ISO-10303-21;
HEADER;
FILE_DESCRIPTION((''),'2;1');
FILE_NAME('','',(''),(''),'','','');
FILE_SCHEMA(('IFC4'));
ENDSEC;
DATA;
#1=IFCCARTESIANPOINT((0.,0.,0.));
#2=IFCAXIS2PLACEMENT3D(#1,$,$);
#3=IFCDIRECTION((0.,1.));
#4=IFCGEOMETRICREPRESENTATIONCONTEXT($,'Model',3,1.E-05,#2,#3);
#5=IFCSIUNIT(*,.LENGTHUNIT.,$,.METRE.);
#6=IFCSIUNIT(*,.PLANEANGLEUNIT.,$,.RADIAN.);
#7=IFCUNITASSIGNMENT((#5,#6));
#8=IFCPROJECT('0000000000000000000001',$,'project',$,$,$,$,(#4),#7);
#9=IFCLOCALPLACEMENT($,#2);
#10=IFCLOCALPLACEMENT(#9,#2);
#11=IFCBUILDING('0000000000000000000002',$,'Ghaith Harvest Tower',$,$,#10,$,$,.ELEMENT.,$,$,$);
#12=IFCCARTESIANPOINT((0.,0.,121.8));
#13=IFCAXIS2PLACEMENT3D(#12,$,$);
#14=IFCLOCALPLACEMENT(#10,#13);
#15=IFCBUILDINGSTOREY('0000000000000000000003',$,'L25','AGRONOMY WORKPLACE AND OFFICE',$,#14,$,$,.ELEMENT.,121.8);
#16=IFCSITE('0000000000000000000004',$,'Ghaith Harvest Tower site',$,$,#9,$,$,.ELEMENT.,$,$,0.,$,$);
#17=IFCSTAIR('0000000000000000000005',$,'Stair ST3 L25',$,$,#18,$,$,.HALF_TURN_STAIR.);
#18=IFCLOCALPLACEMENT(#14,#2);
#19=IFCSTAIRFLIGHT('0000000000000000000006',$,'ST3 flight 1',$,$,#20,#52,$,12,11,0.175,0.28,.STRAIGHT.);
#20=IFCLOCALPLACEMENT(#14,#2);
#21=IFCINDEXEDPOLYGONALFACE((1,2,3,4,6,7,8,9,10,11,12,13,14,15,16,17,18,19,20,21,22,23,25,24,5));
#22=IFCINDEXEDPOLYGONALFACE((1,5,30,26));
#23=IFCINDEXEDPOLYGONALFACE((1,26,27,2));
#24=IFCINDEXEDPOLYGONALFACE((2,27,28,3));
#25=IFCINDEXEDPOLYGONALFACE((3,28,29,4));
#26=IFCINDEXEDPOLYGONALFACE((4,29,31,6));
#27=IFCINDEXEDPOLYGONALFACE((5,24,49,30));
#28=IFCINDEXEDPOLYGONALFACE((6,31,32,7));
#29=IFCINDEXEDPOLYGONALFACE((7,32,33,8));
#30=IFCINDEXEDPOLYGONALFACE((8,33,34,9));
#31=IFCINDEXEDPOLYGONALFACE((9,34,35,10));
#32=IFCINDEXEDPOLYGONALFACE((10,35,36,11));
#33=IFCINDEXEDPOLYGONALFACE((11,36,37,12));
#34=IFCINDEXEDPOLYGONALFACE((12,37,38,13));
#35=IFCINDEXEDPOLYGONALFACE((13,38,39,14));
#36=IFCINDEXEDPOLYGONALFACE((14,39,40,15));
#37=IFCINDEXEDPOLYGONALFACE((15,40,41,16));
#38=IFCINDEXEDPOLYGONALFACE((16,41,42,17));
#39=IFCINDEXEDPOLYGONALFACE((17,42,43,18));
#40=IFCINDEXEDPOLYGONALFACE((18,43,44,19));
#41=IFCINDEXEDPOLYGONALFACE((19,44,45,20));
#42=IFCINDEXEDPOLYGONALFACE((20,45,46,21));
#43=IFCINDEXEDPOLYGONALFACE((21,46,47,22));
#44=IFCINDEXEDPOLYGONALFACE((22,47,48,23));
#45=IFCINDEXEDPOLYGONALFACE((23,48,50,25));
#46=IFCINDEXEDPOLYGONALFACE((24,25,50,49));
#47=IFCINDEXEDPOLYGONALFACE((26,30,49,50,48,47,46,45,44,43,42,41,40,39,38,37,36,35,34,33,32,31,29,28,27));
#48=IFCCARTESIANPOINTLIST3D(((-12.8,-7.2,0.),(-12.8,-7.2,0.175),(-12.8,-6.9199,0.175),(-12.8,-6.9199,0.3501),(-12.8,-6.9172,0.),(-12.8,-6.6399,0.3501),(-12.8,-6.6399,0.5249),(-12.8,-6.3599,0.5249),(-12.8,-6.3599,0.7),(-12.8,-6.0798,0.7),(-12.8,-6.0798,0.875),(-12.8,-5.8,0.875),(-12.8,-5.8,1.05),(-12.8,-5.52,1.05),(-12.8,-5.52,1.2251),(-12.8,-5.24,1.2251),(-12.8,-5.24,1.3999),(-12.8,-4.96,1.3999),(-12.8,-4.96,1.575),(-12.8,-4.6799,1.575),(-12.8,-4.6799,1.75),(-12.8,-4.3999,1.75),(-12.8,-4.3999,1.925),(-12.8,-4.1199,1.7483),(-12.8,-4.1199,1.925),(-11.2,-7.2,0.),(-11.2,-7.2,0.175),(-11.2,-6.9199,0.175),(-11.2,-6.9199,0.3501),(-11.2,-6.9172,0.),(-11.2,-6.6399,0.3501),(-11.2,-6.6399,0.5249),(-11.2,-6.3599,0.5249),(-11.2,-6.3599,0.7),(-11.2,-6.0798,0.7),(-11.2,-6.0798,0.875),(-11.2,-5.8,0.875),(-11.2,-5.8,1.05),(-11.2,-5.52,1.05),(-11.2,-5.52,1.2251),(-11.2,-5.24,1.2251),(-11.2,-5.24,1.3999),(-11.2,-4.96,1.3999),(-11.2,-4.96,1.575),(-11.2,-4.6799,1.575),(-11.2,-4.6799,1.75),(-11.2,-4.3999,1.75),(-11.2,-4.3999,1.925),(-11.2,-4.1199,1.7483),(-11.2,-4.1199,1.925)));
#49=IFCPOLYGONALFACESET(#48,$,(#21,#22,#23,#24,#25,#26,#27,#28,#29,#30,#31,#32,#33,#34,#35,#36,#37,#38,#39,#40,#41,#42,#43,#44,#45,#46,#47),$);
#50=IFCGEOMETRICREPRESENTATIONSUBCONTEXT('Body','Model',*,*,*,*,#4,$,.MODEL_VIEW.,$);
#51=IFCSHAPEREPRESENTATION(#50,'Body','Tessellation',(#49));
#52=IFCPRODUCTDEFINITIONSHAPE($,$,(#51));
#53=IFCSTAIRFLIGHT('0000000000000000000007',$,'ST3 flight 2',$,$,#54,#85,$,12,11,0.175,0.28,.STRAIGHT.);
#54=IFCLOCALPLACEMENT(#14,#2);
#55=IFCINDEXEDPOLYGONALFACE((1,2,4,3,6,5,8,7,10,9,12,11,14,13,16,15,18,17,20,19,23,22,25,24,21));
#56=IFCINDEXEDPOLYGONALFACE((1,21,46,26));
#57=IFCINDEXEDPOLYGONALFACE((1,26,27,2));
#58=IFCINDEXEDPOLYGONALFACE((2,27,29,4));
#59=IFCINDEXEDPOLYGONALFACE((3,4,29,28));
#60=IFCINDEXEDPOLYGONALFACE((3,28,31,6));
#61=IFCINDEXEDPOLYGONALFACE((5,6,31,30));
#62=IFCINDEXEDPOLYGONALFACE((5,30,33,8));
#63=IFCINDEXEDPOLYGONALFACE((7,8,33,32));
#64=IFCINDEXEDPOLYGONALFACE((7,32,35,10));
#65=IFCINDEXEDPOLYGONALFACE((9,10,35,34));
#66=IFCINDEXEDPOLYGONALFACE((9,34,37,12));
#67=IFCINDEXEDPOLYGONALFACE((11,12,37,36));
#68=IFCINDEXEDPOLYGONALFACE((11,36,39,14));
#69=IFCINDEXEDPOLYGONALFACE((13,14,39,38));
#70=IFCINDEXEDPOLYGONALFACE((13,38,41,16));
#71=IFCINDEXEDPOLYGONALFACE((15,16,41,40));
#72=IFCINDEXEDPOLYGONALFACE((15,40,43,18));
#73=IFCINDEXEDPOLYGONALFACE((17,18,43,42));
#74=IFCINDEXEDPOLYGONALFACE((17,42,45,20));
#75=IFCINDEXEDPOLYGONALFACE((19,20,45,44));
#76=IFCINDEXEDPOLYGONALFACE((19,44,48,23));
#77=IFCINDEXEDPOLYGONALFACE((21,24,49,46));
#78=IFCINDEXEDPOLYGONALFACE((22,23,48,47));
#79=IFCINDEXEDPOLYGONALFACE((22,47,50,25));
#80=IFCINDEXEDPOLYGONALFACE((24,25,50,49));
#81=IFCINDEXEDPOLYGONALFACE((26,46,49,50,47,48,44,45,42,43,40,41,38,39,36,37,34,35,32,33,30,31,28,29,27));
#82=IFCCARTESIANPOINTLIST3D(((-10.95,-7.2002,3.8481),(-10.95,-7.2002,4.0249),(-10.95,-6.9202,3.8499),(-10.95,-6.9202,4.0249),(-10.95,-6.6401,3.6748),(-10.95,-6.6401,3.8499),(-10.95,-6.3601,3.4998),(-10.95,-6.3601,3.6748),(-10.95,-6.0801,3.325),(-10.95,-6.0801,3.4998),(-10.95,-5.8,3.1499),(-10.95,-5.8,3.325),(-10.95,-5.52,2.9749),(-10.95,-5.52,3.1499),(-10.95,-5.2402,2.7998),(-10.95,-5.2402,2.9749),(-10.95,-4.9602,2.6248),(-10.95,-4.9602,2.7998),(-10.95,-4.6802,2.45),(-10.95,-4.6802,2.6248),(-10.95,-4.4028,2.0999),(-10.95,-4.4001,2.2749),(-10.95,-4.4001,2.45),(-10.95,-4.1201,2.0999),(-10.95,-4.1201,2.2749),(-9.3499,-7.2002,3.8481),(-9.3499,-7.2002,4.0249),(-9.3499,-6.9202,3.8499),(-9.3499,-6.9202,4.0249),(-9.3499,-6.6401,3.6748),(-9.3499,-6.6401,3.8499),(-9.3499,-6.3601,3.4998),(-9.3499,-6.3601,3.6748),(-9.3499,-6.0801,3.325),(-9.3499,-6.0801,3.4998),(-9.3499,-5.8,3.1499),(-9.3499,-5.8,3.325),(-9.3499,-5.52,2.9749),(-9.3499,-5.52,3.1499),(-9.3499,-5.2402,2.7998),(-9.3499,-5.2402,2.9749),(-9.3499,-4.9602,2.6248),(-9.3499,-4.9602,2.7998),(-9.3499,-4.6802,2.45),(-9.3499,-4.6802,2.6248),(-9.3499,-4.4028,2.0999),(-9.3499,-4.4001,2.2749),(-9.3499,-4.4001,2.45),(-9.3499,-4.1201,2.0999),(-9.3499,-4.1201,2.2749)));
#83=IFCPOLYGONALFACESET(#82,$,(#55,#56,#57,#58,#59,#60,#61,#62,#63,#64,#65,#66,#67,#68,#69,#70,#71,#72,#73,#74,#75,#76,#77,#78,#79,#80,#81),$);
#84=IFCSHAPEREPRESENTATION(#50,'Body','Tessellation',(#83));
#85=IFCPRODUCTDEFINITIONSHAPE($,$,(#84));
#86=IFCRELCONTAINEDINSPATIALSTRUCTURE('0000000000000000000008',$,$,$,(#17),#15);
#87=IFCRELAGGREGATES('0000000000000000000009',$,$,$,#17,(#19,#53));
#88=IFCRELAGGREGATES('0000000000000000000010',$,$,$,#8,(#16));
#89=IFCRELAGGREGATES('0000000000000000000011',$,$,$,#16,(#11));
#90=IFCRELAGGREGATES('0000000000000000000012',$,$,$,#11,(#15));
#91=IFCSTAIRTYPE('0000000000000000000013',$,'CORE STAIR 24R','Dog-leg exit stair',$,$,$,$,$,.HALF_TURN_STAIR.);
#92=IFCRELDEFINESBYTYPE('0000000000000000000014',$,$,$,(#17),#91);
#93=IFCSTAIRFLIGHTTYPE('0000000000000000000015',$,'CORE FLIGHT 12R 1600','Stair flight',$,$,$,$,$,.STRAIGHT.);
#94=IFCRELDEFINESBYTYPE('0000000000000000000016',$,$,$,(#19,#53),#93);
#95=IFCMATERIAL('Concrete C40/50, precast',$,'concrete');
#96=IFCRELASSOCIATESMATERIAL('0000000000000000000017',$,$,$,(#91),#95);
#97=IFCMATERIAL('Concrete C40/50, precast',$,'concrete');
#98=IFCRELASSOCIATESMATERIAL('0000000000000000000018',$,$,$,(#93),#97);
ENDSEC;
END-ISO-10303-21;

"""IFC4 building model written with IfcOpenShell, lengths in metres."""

from ifc_helpers import new_model, si_unit, direction, frame, origin, place, context, subcontext, project, spatial, polyline, outline, extrude, material, type_object, element, aggregate, save


model = new_model("IFC4")

# Units and contexts
model_context = context("Model", 3, precision=1e-05, world=origin(), true_north=direction((0.0, 1.0)))
body_context = subcontext(model_context, "Body", "Model", "MODEL_VIEW")
ifc_project = project(units=[si_unit("LENGTHUNIT", "METRE"), si_unit("PLANEANGLEUNIT", "RADIAN")], contexts=[model_context])

# Site, building, storey
site_placement = place(None, origin())
site = spatial("IfcSite", under=ifc_project, at=site_placement, Name="Ghaith Harvest Tower site", CompositionType="ELEMENT", RefElevation=0.0)
building_placement = place(site_placement, origin())
building = spatial("IfcBuilding", under=site, at=building_placement, Name="Ghaith Harvest Tower", CompositionType="ELEMENT")
storey_placement = place(building_placement, frame((0.0, 0.0, 121.8)))
storey = spatial("IfcBuildingStorey", under=building, at=storey_placement, Name="L25", Description="AGRONOMY WORKPLACE AND OFFICE", CompositionType="ELEMENT", Elevation=121.8)

# Stair, stair flights
ifc_material_1 = material(Name="Concrete C40/50, precast", Category="concrete")
stair_type = type_object("IfcStairType", Name="CORE STAIR 24R", Description="Dog-leg exit stair", PredefinedType="HALF_TURN_STAIR", material=ifc_material_1)
stair_placement = place(storey_placement, origin())
stair = element("IfcStair", 1, at=stair_placement, inside=storey, type_object=stair_type, Name="Stair ST3 L25", PredefinedType="HALF_TURN_STAIR")
ifc_material_2 = material(Name="Concrete C40/50, precast", Category="concrete")
stair_flight_type = type_object("IfcStairFlightType", Name="CORE FLIGHT 12R 1600", Description="Stair flight", PredefinedType="STRAIGHT", material=ifc_material_2)
stair_flight_1_placement = place(storey_placement, frame((-12.0, -7.2, 0.0), z_axis=(0.0, 0.0, 1.0), x_axis=(0.0, 1.0, 0.0)))
stair_flight_1 = element("IfcStairFlight", 2, at=stair_flight_1_placement, type_object=stair_flight_type, Name="ST3 flight 1", NumberOfRisers=12, NumberOfTreads=11, PredefinedType="STRAIGHT", RiserHeight=0.175, TreadLength=0.28, context=body_context, shape_type="SweptSolid", body=[
    extrude(outline(polyline([(0.0, 0.0), (0.0, 0.175), (0.28, 0.175), (0.28, 0.3501), (0.5601, 0.3501), (0.5601, 0.5249), (0.8401, 0.5249), (0.8401, 0.7), (1.1201, 0.7), (1.1201, 0.875), (1.3999, 0.875), (1.3999, 1.05), (1.6799, 1.05), (1.6799, 1.2251), (1.96, 1.2251), (1.96, 1.3999), (2.24, 1.3999), (2.24, 1.575), (2.52, 1.575), (2.52, 1.75), (2.8, 1.75), (2.8, 1.925), (3.0801, 1.925), (3.0801, 2.1001), (3.0801, 1.7483), (0.2827, 0.0), (0.0, 0.0)])), frame((0.0, 0.8, 0.0), z_axis=(0.0, -1.0, 0.0), x_axis=(1.0, 0.0, 0.0)), (0.0, 0.0, 1.0), 1.6001),
])
stair_flight_2_placement = place(storey_placement, frame((-10.1499, -4.1201, 2.0999), z_axis=(0.0, 0.0, 1.0), x_axis=(0.0, -1.0, 0.0)))
stair_flight_2 = element("IfcStairFlight", 3, at=stair_flight_2_placement, type_object=stair_flight_type, Name="ST3 flight 2", NumberOfRisers=12, NumberOfTreads=11, PredefinedType="STRAIGHT", RiserHeight=0.175, TreadLength=0.28, context=body_context, shape_type="SweptSolid", body=[
    extrude(outline(polyline([(0.0, 0.0), (0.0, 0.175), (0.28, 0.175), (0.28, 0.3501), (0.5601, 0.3501), (0.5601, 0.5249), (0.8401, 0.5249), (0.8401, 0.7), (1.1201, 0.7), (1.1201, 0.875), (1.3999, 0.875), (1.3999, 1.05), (1.6799, 1.05), (1.6799, 1.2251), (1.96, 1.2251), (1.96, 1.3999), (2.24, 1.3999), (2.24, 1.575), (2.52, 1.575), (2.52, 1.75), (2.8, 1.75), (2.8, 1.925), (3.0801, 1.925), (3.0801, 2.1001), (3.0801, 1.7483), (0.2827, 0.0), (0.0, 0.0)])), frame((0.0, 0.8, 0.0), z_axis=(0.0, -1.0, 0.0), x_axis=(1.0, 0.0, 0.0)), (0.0, 0.0, 1.0), 1.6001),
])
aggregate(stair, [stair_flight_1, stair_flight_2])

save(model, "model.ifc")
